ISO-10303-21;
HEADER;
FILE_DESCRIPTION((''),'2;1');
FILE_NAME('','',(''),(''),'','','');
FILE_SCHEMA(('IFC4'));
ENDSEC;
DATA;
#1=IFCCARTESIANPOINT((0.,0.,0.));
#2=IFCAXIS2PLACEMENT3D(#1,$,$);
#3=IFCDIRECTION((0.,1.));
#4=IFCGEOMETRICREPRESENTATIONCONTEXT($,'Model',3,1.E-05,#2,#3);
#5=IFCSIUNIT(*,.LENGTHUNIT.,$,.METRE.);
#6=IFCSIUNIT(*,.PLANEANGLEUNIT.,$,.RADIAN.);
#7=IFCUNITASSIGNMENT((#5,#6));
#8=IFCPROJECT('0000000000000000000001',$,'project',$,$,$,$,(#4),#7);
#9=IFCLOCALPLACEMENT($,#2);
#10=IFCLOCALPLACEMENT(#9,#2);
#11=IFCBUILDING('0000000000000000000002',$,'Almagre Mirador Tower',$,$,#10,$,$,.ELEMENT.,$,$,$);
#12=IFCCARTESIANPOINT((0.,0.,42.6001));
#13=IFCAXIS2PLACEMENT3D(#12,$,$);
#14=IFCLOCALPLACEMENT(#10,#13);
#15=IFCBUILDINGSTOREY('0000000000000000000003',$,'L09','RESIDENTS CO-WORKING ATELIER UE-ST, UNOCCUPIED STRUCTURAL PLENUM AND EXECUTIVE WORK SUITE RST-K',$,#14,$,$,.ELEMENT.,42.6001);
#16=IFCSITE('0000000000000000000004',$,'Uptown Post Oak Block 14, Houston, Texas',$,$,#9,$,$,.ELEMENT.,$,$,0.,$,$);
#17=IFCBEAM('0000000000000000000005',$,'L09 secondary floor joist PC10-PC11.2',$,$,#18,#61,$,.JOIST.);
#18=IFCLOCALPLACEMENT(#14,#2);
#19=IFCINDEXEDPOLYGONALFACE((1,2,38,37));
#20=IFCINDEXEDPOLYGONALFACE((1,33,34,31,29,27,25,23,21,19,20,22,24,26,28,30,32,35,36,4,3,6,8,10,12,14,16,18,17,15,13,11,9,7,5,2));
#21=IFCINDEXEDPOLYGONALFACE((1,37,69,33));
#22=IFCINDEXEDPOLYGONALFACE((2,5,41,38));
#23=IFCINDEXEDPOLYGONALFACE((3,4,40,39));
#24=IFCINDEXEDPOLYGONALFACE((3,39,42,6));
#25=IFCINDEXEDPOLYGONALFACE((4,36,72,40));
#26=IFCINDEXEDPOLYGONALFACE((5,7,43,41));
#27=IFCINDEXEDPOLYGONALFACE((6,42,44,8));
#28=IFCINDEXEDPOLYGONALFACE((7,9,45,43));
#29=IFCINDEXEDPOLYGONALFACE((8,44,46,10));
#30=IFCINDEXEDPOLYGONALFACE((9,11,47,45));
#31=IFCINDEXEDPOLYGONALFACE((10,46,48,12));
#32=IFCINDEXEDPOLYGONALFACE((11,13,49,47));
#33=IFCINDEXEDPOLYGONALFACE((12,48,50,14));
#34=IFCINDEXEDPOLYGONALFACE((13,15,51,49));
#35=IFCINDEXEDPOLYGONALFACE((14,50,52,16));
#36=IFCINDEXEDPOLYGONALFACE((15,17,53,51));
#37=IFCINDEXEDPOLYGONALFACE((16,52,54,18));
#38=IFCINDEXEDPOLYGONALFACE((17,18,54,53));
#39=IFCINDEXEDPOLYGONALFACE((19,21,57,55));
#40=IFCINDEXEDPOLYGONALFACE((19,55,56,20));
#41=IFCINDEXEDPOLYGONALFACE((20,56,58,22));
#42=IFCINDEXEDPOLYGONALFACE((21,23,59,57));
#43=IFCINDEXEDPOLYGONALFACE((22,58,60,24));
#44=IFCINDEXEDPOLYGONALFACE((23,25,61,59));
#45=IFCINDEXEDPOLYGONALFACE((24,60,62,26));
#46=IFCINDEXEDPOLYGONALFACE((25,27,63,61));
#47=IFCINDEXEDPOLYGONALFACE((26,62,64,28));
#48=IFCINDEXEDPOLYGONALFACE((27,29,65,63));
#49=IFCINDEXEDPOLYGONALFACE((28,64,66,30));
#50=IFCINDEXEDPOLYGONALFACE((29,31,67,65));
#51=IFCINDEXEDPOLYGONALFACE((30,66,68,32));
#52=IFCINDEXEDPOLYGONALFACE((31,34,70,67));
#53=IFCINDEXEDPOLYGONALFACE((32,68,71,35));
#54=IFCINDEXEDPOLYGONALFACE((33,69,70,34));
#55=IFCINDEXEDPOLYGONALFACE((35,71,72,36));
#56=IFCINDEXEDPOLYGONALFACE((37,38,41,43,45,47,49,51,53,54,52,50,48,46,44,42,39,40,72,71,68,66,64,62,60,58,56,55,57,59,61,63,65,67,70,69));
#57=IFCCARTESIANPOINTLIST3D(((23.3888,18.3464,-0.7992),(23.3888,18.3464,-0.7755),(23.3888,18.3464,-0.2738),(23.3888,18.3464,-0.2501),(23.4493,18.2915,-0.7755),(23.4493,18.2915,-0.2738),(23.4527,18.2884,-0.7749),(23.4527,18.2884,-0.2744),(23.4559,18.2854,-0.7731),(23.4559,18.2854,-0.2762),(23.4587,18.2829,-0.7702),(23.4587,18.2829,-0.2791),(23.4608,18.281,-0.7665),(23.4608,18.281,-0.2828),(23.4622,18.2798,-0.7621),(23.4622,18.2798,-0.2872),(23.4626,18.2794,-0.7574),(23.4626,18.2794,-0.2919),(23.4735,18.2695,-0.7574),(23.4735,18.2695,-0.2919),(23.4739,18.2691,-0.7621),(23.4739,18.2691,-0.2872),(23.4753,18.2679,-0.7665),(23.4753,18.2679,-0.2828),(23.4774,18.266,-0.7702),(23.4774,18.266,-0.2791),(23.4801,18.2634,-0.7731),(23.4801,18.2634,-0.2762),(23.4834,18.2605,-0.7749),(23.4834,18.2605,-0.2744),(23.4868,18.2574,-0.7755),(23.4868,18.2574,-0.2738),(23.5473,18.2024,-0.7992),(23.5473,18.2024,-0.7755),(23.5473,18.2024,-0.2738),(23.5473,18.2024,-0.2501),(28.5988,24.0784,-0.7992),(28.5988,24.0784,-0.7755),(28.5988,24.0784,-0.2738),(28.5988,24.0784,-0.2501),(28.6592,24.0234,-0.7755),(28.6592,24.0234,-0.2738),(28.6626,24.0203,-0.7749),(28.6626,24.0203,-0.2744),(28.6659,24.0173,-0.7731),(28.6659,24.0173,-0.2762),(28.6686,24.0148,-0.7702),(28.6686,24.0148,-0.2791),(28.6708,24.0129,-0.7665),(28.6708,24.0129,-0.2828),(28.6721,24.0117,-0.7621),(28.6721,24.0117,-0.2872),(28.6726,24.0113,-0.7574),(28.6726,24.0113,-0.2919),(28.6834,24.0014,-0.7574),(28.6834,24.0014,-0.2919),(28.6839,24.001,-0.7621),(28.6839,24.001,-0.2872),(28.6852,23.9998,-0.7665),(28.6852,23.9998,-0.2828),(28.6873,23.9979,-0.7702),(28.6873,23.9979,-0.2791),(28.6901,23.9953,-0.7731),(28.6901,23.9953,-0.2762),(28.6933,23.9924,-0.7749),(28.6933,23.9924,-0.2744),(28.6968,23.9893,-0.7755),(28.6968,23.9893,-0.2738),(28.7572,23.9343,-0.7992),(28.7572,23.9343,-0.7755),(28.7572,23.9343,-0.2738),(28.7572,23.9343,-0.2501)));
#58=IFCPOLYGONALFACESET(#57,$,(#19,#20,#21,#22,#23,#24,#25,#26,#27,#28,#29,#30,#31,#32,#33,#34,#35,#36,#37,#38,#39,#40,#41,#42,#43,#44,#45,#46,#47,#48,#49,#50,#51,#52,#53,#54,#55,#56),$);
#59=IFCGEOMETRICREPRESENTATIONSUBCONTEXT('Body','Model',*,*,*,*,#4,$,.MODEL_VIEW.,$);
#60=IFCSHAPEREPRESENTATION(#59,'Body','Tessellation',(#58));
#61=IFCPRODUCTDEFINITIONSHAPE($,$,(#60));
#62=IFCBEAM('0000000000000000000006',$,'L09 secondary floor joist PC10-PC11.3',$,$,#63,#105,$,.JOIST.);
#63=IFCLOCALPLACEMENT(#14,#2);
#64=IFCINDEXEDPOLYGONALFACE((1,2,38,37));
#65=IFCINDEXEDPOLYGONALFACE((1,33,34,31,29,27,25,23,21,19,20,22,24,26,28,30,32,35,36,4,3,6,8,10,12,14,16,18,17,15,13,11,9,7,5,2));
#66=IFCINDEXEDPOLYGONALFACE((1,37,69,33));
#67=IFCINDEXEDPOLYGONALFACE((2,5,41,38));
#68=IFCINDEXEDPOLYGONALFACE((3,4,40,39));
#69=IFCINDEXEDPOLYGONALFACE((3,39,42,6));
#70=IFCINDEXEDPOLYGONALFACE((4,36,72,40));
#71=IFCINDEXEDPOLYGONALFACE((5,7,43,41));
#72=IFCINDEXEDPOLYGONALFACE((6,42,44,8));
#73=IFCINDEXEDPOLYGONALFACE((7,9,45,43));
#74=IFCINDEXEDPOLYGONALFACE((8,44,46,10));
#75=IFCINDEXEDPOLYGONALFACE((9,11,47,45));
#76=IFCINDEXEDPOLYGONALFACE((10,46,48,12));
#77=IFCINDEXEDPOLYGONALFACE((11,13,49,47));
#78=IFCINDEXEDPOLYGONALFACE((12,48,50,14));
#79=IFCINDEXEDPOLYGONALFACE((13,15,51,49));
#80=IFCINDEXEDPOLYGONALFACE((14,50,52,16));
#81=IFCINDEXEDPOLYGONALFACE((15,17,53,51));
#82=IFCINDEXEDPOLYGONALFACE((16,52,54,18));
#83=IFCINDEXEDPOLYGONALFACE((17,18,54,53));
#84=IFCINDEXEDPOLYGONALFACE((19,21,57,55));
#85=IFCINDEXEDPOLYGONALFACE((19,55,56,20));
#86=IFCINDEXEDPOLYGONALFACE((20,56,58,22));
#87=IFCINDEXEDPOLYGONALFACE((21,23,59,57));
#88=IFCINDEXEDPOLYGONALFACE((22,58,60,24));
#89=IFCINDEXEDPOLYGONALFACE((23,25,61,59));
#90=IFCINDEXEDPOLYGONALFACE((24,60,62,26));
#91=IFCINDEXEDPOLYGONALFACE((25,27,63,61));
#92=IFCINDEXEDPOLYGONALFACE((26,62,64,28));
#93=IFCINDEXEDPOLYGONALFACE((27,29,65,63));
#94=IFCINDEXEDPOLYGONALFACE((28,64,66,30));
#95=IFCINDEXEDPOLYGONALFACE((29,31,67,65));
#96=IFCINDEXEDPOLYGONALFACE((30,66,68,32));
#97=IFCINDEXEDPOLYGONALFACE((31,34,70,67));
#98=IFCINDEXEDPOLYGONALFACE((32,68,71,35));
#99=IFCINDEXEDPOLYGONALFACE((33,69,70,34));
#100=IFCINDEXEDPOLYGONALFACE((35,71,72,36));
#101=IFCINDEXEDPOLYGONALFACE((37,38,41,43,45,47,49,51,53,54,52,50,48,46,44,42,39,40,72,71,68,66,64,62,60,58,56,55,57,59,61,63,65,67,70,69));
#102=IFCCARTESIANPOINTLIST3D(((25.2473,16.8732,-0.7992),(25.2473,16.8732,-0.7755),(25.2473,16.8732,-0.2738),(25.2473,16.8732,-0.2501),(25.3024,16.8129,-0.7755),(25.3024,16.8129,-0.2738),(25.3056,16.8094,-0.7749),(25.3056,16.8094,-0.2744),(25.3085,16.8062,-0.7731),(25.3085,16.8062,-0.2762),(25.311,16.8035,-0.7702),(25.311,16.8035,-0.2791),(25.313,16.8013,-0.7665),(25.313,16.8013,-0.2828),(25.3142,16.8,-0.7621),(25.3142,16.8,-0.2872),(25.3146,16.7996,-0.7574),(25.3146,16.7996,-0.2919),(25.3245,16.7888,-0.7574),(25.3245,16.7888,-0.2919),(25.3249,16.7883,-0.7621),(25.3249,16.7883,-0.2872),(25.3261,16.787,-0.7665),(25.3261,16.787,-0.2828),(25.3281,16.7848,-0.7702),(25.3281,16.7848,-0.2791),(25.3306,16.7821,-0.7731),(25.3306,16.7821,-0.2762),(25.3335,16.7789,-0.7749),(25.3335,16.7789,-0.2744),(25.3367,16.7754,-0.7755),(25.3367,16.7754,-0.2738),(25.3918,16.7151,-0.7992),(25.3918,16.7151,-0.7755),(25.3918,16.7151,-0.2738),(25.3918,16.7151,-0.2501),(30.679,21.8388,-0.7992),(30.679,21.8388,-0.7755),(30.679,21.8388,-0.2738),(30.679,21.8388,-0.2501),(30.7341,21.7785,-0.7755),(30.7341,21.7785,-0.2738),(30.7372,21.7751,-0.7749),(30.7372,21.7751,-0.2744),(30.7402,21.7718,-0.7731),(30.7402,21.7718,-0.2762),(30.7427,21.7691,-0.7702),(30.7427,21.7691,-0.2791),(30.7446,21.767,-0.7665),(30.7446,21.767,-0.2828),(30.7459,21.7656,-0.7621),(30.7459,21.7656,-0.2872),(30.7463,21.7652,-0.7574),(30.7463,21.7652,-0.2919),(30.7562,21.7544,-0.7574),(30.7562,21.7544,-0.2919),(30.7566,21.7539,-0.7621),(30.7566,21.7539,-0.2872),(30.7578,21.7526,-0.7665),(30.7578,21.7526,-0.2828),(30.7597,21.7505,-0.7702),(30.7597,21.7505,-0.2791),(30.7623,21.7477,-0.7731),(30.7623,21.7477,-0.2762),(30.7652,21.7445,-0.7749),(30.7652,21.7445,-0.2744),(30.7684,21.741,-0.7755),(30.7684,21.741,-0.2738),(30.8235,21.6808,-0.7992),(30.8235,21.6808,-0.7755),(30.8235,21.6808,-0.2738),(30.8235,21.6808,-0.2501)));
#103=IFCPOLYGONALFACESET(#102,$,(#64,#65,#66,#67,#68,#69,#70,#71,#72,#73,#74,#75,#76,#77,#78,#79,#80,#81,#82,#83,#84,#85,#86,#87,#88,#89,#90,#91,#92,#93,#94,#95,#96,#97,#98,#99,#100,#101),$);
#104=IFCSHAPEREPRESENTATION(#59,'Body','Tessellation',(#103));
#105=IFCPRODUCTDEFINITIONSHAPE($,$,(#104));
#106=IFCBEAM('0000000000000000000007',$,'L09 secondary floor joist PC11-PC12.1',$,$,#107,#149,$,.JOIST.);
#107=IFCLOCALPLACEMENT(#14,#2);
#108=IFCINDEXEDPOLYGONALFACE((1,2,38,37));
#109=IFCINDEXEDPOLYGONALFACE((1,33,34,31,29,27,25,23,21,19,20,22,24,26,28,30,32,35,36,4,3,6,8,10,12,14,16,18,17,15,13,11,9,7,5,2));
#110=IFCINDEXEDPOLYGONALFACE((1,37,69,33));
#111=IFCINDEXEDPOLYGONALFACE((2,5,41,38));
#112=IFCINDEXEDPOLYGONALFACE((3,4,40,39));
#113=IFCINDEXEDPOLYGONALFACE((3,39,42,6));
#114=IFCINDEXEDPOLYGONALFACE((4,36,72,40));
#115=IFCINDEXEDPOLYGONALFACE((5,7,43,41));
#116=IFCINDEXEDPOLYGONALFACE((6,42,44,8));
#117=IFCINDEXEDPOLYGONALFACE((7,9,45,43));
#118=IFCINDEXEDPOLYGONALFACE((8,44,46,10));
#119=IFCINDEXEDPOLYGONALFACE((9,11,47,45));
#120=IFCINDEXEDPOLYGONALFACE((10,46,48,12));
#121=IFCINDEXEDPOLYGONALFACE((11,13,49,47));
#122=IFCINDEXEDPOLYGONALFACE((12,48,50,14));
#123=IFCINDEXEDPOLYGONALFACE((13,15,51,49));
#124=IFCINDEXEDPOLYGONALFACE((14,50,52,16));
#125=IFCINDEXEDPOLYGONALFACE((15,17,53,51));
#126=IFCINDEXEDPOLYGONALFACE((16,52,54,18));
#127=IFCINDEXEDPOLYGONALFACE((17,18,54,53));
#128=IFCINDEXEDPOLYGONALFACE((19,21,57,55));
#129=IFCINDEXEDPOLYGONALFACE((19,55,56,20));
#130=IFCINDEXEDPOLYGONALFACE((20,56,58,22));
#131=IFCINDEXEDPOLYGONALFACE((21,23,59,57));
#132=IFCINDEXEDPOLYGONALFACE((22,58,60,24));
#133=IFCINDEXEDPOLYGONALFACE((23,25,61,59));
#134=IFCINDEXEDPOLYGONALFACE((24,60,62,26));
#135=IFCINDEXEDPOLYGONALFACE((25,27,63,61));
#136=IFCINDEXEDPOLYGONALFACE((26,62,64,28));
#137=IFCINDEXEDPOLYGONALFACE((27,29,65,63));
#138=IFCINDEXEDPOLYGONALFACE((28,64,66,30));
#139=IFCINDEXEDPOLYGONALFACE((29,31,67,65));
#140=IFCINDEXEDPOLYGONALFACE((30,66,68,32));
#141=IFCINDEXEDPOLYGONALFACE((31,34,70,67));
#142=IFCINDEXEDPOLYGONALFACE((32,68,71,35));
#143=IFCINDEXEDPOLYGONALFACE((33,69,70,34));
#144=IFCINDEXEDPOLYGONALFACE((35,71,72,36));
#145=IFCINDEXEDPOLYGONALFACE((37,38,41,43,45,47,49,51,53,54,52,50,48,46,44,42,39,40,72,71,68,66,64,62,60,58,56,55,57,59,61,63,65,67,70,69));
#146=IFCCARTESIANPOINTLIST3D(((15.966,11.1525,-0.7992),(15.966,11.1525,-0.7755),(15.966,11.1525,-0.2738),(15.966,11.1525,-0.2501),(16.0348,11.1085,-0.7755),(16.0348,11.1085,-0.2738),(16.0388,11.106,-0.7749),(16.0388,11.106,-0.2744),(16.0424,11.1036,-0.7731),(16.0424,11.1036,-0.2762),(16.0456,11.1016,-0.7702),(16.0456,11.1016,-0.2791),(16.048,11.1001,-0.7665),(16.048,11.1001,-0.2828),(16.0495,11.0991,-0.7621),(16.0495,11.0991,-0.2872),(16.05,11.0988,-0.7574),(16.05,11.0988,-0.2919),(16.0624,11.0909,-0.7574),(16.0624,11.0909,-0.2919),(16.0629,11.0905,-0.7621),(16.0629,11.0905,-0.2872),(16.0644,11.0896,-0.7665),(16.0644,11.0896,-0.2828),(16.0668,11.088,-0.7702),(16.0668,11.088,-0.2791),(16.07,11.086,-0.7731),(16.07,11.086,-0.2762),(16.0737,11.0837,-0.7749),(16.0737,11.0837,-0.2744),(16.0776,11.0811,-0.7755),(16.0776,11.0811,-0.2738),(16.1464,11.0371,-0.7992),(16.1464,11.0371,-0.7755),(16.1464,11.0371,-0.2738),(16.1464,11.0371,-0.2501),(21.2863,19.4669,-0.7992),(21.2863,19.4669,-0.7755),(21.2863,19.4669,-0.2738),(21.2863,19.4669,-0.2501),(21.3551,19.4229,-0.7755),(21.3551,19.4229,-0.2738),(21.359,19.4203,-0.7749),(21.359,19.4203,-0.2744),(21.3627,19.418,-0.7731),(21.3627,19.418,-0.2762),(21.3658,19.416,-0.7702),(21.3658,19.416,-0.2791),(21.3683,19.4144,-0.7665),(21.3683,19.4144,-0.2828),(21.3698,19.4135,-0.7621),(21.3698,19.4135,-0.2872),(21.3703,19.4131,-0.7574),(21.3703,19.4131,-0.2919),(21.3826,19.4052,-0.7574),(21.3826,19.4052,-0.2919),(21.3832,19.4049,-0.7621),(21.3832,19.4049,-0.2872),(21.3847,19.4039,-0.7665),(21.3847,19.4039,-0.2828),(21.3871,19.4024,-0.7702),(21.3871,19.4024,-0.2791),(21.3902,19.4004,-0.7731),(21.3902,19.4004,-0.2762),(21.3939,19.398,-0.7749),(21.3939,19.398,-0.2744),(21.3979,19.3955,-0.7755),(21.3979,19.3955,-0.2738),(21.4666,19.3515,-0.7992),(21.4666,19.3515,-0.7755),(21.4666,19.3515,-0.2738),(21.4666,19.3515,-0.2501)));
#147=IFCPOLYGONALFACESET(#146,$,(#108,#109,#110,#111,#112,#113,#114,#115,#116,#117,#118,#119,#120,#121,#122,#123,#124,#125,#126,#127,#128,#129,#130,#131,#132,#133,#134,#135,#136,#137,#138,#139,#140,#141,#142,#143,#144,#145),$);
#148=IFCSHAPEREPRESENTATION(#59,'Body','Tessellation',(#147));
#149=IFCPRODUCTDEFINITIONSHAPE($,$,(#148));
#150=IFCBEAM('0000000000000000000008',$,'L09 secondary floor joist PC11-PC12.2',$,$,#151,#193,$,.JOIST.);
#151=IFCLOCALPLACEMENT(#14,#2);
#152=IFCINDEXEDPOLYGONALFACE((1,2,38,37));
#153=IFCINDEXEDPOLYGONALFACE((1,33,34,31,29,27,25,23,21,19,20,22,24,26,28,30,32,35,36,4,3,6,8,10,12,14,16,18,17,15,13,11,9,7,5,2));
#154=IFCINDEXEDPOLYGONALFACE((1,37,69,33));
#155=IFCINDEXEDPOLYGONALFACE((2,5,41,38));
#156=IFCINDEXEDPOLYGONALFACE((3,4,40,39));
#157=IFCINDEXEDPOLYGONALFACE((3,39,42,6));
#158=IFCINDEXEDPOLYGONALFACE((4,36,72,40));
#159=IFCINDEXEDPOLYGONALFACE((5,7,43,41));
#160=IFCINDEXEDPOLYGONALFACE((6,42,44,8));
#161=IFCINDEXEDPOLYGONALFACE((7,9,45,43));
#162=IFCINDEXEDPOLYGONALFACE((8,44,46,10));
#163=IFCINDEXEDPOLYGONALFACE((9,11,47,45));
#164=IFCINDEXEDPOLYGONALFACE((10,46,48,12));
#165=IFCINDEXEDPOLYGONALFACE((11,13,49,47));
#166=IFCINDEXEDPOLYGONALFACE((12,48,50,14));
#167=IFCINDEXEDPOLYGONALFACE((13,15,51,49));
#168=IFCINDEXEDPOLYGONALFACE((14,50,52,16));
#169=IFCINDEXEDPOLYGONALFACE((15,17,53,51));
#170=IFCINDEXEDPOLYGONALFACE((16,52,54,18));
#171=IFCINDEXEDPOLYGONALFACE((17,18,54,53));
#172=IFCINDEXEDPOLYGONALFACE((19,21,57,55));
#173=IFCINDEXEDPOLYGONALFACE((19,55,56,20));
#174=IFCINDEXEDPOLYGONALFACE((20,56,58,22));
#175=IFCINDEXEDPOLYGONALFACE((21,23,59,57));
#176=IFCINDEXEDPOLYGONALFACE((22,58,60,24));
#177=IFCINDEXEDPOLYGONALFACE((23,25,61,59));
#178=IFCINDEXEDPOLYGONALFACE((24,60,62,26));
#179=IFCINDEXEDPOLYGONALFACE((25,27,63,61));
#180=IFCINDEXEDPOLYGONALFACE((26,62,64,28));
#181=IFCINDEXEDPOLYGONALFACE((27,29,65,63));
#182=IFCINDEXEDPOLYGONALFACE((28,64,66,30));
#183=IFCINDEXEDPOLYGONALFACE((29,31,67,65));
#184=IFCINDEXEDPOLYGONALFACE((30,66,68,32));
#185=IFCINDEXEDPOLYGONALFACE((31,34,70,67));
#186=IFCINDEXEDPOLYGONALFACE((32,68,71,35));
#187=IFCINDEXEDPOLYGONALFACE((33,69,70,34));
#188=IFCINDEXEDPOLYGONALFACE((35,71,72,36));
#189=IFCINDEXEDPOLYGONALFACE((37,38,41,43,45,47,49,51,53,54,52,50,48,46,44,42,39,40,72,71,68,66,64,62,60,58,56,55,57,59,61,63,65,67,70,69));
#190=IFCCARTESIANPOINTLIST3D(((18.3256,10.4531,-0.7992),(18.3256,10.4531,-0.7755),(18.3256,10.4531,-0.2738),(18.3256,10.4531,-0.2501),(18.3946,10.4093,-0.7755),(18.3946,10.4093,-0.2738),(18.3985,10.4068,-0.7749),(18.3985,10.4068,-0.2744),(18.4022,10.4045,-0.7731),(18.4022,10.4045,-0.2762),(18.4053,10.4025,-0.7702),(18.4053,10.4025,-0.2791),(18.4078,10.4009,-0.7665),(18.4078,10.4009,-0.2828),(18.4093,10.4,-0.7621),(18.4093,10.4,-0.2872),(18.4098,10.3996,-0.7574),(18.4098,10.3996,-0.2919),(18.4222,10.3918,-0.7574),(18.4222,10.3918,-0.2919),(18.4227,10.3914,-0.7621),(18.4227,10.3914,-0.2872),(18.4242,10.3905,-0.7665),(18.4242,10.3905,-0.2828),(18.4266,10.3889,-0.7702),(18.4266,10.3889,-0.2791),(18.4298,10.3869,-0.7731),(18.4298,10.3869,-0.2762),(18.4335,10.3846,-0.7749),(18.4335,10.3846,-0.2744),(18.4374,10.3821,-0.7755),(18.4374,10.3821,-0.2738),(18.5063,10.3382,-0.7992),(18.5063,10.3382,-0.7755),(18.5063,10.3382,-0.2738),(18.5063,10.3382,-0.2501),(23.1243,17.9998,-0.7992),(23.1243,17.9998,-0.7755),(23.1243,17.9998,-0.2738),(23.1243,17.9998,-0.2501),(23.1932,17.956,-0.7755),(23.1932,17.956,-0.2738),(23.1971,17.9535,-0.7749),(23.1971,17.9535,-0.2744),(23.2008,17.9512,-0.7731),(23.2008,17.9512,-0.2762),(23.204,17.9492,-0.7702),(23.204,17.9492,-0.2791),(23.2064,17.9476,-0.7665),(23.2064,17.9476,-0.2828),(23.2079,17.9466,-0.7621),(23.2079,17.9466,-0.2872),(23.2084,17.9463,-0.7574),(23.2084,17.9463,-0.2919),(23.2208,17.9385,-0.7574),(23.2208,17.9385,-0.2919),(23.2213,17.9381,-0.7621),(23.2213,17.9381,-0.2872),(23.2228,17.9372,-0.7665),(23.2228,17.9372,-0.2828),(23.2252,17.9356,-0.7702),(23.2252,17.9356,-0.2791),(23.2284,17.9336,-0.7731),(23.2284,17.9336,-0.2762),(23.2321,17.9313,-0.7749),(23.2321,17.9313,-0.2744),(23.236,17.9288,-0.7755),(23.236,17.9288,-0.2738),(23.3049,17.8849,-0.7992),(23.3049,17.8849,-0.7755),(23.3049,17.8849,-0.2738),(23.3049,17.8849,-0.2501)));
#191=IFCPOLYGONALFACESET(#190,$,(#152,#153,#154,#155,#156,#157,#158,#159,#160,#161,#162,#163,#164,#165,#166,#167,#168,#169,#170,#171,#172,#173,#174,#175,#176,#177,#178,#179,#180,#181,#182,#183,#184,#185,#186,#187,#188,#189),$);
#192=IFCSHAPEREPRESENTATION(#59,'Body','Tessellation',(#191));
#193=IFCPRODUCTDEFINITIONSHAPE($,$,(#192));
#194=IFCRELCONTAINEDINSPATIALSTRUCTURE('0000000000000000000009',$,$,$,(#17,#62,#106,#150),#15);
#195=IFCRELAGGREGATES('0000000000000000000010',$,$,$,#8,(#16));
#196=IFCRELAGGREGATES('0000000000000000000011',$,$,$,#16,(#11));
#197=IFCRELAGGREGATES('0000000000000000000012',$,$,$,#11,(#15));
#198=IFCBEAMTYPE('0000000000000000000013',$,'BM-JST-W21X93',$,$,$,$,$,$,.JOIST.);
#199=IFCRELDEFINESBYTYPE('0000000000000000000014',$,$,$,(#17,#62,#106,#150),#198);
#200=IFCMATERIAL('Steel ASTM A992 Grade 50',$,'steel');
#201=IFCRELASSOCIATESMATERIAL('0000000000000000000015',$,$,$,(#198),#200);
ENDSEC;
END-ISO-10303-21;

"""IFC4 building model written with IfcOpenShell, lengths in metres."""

from ifc_helpers import new_model, si_unit, direction, frame, origin, origin_2d, place, context, subcontext, project, spatial, i_section, extrude, material, material_profile, profile_set, type_object, element, save


model = new_model("IFC4")

# Units and contexts
model_context = context("Model", 3, precision=1e-05, world=origin(), true_north=direction((0.0, 1.0)))
body_context = subcontext(model_context, "Body", "Model", "MODEL_VIEW")
ifc_project = project(units=[si_unit("LENGTHUNIT", "METRE"), si_unit("PLANEANGLEUNIT", "RADIAN")], contexts=[model_context])

# Site, building, storey
site_placement = place(None, origin())
site = spatial("IfcSite", under=ifc_project, at=site_placement, Name="Uptown Post Oak Block 14, Houston, Texas", CompositionType="ELEMENT", RefElevation=0.0)
building_placement = place(site_placement, origin())
building = spatial("IfcBuilding", under=site, at=building_placement, Name="Almagre Mirador Tower", CompositionType="ELEMENT")
storey_placement = place(building_placement, frame((0.0, 0.0, 42.6001)))
storey = spatial("IfcBuildingStorey", under=building, at=storey_placement, Name="L09", Description="RESIDENTS CO-WORKING ATELIER UE-ST, UNOCCUPIED STRUCTURAL PLENUM AND EXECUTIVE WORK SUITE RST-K", CompositionType="ELEMENT", Elevation=42.6001)

# Beams
ifc_material_1 = material(Name="Steel ASTM A992 Grade 50", Category="steel")
ifc_material_profile = material_profile(ifc_material_1, i_section(OverallWidth=0.2141, OverallDepth=0.5491, WebThickness=0.0146, FlangeThickness=0.0237, FilletRadius=0.0181, at=origin_2d()), Name="W21X93")
ifc_profile_set = profile_set([ifc_material_profile], Name="Steel ASTM A992 Grade 50")
beam_type = type_object("IfcBeamType", Name="BM-JST-W21X93", PredefinedType="JOIST", material=ifc_profile_set)
beam_1_placement = place(storey_placement, frame((28.678, 24.0063, -0.5247), z_axis=(-0.67261, -0.739997, 0.0), x_axis=(0.739997, -0.67261, 0.0)))
element("IfcBeam", 1, at=beam_1_placement, inside=storey, type_object=beam_type, Name="L09 secondary floor joist PC10-PC11.2", PredefinedType="JOIST", context=body_context, shape_type="SweptSolid", body=[
    extrude(i_section(OverallWidth=0.2141, OverallDepth=0.5491, WebThickness=0.0146, FlangeThickness=0.0237, FilletRadius=0.0181, at=origin_2d()), origin(), (0.0, 0.0, 1.0), 7.7458),
])
beam_2_placement = place(storey_placement, frame((30.7512, 21.7598, -0.5247), z_axis=(-0.738062, -0.674733, 0.0), x_axis=(0.674733, -0.738062, 0.0)))
element("IfcBeam", 2, at=beam_2_placement, inside=storey, type_object=beam_type, Name="L09 secondary floor joist PC10-PC11.3", PredefinedType="JOIST", context=body_context, shape_type="SweptSolid", body=[
    extrude(i_section(OverallWidth=0.2141, OverallDepth=0.5491, WebThickness=0.0146, FlangeThickness=0.0237, FilletRadius=0.0181, at=origin_2d()), origin(), (0.0, 0.0, 1.0), 7.3594),
])
beam_3_placement = place(storey_placement, frame((21.3765, 19.4092, -0.5247), z_axis=(-0.538986, -0.842315, 0.0), x_axis=(0.842315, -0.538986, 0.0)))
element("IfcBeam", 3, at=beam_3_placement, inside=storey, type_object=beam_type, Name="L09 secondary floor joist PC11-PC12.1", PredefinedType="JOIST", context=body_context, shape_type="SweptSolid", body=[
    extrude(i_section(OverallWidth=0.2141, OverallDepth=0.5491, WebThickness=0.0146, FlangeThickness=0.0237, FilletRadius=0.0181, at=origin_2d()), origin(), (0.0, 0.0, 1.0), 9.8708),
])
beam_4_placement = place(storey_placement, frame((23.2146, 17.9424, -0.5247), z_axis=(-0.536572, -0.843855, 0.0), x_axis=(0.843855, -0.536572, 0.0)))
element("IfcBeam", 4, at=beam_4_placement, inside=storey, type_object=beam_type, Name="L09 secondary floor joist PC11-PC12.2", PredefinedType="JOIST", context=body_context, shape_type="SweptSolid", body=[
    extrude(i_section(OverallWidth=0.2141, OverallDepth=0.5491, WebThickness=0.0146, FlangeThickness=0.0237, FilletRadius=0.0181, at=origin_2d()), origin(), (0.0, 0.0, 1.0), 8.9431),
])

save(model, "model.ifc")
